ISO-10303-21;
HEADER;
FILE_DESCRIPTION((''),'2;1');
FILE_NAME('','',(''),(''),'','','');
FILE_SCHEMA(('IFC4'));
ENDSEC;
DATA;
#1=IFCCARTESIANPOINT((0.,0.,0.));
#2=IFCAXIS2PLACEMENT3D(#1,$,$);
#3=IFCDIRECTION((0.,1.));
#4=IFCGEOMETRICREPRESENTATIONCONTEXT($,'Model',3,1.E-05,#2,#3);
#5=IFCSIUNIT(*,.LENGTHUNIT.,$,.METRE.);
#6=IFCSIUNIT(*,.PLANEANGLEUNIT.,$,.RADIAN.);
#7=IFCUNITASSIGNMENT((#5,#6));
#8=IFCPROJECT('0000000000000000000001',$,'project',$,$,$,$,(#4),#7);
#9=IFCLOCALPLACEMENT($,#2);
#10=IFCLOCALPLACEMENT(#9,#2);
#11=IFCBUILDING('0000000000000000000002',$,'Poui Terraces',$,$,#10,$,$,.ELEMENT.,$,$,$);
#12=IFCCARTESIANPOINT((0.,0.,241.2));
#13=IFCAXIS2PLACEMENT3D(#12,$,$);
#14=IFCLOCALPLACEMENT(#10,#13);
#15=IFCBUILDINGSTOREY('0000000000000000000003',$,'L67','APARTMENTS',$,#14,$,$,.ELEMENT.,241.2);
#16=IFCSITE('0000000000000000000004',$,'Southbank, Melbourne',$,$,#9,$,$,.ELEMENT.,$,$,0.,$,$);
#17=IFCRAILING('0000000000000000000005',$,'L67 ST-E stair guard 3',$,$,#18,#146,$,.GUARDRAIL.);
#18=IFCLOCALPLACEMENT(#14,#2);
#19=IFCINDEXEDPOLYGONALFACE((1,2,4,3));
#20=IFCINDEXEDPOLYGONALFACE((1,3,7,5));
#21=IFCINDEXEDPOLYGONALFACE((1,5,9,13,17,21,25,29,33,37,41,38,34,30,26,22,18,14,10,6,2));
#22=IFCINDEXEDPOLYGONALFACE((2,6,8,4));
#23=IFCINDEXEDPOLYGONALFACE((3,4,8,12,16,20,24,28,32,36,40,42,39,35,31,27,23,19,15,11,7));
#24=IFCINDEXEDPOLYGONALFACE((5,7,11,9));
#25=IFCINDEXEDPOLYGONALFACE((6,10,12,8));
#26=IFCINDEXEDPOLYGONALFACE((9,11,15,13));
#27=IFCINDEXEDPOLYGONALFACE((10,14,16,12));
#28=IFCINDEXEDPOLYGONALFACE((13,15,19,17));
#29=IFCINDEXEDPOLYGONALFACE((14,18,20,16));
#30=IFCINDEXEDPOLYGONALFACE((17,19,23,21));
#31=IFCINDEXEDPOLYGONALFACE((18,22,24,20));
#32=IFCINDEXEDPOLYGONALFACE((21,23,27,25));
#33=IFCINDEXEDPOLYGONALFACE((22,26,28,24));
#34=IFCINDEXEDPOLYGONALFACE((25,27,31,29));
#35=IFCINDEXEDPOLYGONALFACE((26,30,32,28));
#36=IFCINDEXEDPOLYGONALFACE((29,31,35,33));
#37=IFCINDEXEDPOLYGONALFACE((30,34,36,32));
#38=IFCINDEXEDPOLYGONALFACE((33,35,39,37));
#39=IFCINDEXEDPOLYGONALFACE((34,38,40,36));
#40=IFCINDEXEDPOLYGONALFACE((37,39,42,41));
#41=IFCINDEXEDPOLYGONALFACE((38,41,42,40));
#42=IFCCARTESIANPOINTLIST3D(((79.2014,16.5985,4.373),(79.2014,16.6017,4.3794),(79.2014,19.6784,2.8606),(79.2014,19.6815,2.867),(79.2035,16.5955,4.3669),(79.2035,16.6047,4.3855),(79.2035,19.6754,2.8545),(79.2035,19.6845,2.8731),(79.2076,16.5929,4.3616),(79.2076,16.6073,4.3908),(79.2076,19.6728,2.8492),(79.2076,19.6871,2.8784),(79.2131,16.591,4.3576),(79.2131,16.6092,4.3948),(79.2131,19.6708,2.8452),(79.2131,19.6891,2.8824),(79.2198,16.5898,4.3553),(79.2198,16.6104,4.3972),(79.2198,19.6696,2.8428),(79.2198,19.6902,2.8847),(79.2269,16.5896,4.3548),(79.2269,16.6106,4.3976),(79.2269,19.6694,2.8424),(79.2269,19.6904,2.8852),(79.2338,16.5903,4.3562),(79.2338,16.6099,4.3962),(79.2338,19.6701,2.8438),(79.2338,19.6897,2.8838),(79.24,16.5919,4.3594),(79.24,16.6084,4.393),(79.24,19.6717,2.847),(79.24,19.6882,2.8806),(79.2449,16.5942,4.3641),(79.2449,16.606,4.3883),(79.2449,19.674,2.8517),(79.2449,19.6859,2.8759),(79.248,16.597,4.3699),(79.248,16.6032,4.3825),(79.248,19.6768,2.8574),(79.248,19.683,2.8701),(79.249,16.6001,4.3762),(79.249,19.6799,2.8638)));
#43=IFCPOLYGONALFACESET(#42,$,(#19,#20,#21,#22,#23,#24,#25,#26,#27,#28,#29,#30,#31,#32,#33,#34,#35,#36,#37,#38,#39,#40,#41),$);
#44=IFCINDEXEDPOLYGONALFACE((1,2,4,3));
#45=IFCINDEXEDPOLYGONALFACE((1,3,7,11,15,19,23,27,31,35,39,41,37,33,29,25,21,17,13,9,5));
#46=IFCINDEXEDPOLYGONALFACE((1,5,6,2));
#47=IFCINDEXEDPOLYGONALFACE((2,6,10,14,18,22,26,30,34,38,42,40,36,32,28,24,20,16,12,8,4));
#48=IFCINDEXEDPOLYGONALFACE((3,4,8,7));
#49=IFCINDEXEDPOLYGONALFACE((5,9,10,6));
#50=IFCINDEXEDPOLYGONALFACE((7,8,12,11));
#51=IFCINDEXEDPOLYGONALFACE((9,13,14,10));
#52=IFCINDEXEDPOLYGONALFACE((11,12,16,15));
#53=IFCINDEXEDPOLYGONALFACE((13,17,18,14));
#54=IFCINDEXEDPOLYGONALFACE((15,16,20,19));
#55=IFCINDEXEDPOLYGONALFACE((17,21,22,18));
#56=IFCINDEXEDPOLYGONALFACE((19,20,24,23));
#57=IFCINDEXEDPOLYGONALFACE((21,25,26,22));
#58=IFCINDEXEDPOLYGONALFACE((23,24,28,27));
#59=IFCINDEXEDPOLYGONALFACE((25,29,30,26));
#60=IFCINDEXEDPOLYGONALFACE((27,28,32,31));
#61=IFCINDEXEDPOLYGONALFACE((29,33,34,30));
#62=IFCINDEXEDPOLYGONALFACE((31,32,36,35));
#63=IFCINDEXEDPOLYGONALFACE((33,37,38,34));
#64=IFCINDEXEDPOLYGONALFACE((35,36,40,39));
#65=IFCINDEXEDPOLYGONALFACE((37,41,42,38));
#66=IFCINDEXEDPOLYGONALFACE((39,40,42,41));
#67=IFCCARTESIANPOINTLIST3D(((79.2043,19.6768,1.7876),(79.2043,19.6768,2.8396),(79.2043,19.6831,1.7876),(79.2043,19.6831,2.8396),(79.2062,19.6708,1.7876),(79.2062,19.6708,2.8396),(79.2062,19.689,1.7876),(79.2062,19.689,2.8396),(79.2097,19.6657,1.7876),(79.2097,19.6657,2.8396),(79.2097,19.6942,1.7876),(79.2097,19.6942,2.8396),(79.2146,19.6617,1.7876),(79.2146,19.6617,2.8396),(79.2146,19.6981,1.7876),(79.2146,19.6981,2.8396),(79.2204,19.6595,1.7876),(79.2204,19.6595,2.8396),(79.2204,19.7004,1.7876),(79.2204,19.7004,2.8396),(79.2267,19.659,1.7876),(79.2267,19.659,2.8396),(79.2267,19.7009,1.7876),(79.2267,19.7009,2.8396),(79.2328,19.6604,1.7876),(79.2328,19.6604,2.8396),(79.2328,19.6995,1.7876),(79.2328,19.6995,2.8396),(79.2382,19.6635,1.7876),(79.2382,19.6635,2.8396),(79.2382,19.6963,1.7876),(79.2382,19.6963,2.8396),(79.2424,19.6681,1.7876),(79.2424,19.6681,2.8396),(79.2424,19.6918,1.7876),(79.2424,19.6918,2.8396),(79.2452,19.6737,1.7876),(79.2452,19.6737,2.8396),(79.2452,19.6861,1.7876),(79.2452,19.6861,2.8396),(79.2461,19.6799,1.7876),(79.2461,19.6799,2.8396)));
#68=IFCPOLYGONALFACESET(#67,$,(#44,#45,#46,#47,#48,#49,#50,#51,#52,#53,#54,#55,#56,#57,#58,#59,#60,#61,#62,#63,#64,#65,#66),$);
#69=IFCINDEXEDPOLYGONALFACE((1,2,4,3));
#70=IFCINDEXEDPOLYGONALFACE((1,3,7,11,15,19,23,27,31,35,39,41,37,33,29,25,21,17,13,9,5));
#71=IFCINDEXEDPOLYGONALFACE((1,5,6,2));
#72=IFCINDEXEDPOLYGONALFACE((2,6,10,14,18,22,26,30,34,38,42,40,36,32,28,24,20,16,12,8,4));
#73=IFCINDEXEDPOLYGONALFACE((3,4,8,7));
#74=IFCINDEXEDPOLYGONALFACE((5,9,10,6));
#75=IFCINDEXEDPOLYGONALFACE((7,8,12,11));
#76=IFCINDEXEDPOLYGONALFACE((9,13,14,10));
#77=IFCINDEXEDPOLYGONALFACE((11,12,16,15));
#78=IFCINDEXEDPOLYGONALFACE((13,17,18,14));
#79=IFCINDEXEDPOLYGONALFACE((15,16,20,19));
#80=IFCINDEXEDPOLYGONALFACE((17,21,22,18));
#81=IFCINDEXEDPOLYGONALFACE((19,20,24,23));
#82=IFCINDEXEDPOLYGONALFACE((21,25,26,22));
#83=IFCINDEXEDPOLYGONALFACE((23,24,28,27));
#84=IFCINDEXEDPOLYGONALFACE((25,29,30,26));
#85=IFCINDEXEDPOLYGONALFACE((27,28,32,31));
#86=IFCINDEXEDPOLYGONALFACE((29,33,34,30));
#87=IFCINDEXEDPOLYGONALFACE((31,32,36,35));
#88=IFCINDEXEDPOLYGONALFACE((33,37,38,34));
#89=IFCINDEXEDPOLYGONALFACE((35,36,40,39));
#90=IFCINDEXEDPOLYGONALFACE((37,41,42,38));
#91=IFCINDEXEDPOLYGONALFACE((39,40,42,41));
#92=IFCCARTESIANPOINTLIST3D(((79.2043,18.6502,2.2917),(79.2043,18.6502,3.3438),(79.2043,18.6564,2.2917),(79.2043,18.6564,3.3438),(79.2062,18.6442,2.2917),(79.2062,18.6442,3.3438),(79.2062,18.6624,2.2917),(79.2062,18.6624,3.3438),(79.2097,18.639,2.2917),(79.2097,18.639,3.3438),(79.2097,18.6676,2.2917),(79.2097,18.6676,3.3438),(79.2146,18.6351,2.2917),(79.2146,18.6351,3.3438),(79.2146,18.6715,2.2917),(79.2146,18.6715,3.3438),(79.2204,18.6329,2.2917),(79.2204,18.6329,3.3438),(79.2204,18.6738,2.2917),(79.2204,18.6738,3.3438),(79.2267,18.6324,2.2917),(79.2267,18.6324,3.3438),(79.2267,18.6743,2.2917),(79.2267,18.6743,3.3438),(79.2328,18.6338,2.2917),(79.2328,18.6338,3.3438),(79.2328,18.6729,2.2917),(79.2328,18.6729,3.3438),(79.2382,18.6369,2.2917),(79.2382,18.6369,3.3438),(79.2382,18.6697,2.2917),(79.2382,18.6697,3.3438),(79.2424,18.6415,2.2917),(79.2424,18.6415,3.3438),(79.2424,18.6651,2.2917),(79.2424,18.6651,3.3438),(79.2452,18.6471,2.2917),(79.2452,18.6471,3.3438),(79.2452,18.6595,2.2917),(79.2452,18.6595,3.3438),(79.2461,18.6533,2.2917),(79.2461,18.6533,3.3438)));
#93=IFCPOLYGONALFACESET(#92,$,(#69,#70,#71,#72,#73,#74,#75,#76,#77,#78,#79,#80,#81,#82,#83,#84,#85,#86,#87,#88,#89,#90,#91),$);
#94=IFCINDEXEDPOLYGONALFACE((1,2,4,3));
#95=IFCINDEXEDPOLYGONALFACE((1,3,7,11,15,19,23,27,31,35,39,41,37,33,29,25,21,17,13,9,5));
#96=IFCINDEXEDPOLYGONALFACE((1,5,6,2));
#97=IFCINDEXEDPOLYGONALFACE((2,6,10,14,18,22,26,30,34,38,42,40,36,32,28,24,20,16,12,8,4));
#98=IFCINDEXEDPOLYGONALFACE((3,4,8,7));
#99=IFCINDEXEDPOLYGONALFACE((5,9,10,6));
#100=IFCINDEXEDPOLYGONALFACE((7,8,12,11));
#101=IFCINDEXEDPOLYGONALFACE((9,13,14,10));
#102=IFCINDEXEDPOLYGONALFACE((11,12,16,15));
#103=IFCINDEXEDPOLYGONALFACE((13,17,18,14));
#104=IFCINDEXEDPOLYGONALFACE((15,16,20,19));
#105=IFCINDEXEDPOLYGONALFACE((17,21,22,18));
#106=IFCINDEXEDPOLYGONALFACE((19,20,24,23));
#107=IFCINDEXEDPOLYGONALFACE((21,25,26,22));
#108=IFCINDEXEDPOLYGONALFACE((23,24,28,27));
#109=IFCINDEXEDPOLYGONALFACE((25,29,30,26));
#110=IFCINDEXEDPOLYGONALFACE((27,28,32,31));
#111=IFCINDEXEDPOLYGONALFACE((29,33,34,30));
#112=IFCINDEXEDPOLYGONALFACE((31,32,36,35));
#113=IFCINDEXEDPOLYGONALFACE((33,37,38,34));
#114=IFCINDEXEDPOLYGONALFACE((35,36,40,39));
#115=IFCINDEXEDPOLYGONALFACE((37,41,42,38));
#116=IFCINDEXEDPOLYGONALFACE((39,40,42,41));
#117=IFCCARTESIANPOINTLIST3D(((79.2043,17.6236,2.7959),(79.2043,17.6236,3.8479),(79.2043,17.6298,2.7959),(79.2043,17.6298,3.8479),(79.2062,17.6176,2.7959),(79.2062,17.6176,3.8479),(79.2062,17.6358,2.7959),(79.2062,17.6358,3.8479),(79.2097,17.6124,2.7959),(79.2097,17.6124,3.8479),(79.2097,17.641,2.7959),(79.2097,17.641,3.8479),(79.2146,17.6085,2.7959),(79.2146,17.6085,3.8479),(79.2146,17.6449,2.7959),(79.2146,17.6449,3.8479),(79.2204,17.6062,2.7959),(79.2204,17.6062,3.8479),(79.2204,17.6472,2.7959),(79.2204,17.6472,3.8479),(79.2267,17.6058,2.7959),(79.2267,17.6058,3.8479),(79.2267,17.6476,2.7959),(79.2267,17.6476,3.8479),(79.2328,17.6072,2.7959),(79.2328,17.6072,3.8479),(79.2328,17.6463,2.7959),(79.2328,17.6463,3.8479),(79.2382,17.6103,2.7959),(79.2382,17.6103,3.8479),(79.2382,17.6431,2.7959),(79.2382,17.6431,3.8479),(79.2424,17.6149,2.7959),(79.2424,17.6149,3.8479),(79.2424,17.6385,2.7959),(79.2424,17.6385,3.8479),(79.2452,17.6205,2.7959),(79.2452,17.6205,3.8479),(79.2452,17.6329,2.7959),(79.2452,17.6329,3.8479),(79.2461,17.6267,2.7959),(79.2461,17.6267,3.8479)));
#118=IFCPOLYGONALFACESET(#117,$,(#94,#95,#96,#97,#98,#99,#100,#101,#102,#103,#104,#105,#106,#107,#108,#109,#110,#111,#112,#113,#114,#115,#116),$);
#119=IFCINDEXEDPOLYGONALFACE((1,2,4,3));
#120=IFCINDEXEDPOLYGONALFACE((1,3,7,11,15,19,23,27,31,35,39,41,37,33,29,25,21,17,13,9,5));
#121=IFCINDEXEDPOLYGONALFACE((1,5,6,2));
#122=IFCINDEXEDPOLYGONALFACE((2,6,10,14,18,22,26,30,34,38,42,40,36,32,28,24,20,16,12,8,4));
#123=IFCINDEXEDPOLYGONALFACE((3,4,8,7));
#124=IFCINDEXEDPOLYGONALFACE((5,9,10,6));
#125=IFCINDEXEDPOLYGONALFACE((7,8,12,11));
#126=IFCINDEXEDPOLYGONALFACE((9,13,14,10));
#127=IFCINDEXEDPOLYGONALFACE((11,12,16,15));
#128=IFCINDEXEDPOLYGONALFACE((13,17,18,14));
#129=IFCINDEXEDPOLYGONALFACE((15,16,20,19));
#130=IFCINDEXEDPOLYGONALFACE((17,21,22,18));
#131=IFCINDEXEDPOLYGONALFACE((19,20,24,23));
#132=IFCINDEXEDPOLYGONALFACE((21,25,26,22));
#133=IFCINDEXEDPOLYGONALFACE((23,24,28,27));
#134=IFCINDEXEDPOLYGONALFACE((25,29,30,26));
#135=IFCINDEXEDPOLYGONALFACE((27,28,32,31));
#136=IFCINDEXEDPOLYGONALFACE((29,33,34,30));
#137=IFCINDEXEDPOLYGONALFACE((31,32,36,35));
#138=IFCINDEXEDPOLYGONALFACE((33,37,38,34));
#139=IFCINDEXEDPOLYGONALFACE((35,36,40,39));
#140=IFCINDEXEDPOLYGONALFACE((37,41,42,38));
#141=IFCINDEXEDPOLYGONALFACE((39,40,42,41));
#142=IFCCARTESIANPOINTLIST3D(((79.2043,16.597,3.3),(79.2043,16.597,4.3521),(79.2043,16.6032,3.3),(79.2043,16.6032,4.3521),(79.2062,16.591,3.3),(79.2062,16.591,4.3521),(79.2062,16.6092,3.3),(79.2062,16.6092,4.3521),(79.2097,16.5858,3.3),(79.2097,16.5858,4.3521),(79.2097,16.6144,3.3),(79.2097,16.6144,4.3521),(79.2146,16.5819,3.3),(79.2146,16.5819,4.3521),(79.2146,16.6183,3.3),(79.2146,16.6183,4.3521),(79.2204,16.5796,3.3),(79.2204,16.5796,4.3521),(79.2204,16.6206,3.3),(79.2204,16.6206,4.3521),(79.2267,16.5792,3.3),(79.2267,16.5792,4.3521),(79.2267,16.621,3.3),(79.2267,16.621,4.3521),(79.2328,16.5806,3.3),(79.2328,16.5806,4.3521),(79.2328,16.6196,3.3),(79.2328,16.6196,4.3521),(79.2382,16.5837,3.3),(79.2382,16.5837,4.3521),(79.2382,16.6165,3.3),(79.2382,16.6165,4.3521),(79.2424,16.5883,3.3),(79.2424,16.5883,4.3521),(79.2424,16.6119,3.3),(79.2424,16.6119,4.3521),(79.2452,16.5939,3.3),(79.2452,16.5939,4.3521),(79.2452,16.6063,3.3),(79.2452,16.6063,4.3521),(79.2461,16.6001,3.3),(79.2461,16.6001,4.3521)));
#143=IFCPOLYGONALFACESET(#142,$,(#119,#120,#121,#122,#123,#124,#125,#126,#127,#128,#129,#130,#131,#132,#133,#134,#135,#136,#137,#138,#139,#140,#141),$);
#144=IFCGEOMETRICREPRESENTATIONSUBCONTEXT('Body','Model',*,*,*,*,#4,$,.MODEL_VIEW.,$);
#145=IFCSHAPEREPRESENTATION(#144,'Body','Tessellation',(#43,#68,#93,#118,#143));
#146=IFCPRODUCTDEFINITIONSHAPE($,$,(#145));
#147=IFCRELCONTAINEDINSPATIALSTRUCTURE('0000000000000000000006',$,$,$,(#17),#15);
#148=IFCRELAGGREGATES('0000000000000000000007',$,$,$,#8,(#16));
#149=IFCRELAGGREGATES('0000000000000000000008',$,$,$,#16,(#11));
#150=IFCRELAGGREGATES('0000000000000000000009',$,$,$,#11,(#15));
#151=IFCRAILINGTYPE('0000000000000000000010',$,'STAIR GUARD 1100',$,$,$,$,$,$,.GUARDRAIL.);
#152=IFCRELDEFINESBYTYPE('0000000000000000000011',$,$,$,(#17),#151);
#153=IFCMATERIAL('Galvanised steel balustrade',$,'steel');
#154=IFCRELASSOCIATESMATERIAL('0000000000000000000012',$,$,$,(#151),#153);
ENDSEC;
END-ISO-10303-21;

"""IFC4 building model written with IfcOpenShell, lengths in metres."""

from ifc_helpers import new_model, si_unit, direction, frame, origin, origin_2d, place, context, subcontext, project, spatial, circle, extrude, material, type_object, element, save


model = new_model("IFC4")

# Units and contexts
model_context = context("Model", 3, precision=1e-05, world=origin(), true_north=direction((0.0, 1.0)))
body_context = subcontext(model_context, "Body", "Model", "MODEL_VIEW")
ifc_project = project(units=[si_unit("LENGTHUNIT", "METRE"), si_unit("PLANEANGLEUNIT", "RADIAN")], contexts=[model_context])

# Site, building, storey
site_placement = place(None, origin())
site = spatial("IfcSite", under=ifc_project, at=site_placement, Name="Southbank, Melbourne", CompositionType="ELEMENT", RefElevation=0.0)
building_placement = place(site_placement, origin())
building = spatial("IfcBuilding", under=site, at=building_placement, Name="Poui Terraces", CompositionType="ELEMENT")
storey_placement = place(building_placement, frame((0.0, 0.0, 241.2)))
storey = spatial("IfcBuildingStorey", under=building, at=storey_placement, Name="L67", Description="APARTMENTS", CompositionType="ELEMENT", Elevation=241.2)

# Railing
ifc_material_1 = material(Name="Galvanised steel balustrade", Category="steel")
railing_type = type_object("IfcRailingType", Name="STAIR GUARD 1100", PredefinedType="GUARDRAIL", material=ifc_material_1)
railing_placement = place(storey_placement, frame((79.2251, 19.6799, 1.7876)))
element("IfcRailing", 1, at=railing_placement, inside=storey, type_object=railing_type, Name="L67 ST-E stair guard 3", PredefinedType="GUARDRAIL", context=body_context, shape_type="SweptSolid", body=[
    extrude(circle(Radius=0.0239, at=origin_2d()), frame((0.0, 0.0, 1.0762), z_axis=(0.0, -0.897606, 0.440798), x_axis=(1.0, 0.0, 0.0)), (0.0, 0.0, 1.0), 3.4312),
    extrude(circle(Radius=0.021, at=origin_2d()), origin(), (0.0, 0.0, 1.0), 1.052),
    extrude(circle(Radius=0.021, at=origin_2d()), frame((0.0, -1.0266, 0.5042)), (0.0, 0.0, 1.0), 1.052),
    extrude(circle(Radius=0.021, at=origin_2d()), frame((0.0, -2.0532, 1.0083)), (0.0, 0.0, 1.0), 1.052),
    extrude(circle(Radius=0.021, at=origin_2d()), frame((0.0, -3.0798, 1.5125)), (0.0, 0.0, 1.0), 1.052),
])

save(model, "model.ifc")
